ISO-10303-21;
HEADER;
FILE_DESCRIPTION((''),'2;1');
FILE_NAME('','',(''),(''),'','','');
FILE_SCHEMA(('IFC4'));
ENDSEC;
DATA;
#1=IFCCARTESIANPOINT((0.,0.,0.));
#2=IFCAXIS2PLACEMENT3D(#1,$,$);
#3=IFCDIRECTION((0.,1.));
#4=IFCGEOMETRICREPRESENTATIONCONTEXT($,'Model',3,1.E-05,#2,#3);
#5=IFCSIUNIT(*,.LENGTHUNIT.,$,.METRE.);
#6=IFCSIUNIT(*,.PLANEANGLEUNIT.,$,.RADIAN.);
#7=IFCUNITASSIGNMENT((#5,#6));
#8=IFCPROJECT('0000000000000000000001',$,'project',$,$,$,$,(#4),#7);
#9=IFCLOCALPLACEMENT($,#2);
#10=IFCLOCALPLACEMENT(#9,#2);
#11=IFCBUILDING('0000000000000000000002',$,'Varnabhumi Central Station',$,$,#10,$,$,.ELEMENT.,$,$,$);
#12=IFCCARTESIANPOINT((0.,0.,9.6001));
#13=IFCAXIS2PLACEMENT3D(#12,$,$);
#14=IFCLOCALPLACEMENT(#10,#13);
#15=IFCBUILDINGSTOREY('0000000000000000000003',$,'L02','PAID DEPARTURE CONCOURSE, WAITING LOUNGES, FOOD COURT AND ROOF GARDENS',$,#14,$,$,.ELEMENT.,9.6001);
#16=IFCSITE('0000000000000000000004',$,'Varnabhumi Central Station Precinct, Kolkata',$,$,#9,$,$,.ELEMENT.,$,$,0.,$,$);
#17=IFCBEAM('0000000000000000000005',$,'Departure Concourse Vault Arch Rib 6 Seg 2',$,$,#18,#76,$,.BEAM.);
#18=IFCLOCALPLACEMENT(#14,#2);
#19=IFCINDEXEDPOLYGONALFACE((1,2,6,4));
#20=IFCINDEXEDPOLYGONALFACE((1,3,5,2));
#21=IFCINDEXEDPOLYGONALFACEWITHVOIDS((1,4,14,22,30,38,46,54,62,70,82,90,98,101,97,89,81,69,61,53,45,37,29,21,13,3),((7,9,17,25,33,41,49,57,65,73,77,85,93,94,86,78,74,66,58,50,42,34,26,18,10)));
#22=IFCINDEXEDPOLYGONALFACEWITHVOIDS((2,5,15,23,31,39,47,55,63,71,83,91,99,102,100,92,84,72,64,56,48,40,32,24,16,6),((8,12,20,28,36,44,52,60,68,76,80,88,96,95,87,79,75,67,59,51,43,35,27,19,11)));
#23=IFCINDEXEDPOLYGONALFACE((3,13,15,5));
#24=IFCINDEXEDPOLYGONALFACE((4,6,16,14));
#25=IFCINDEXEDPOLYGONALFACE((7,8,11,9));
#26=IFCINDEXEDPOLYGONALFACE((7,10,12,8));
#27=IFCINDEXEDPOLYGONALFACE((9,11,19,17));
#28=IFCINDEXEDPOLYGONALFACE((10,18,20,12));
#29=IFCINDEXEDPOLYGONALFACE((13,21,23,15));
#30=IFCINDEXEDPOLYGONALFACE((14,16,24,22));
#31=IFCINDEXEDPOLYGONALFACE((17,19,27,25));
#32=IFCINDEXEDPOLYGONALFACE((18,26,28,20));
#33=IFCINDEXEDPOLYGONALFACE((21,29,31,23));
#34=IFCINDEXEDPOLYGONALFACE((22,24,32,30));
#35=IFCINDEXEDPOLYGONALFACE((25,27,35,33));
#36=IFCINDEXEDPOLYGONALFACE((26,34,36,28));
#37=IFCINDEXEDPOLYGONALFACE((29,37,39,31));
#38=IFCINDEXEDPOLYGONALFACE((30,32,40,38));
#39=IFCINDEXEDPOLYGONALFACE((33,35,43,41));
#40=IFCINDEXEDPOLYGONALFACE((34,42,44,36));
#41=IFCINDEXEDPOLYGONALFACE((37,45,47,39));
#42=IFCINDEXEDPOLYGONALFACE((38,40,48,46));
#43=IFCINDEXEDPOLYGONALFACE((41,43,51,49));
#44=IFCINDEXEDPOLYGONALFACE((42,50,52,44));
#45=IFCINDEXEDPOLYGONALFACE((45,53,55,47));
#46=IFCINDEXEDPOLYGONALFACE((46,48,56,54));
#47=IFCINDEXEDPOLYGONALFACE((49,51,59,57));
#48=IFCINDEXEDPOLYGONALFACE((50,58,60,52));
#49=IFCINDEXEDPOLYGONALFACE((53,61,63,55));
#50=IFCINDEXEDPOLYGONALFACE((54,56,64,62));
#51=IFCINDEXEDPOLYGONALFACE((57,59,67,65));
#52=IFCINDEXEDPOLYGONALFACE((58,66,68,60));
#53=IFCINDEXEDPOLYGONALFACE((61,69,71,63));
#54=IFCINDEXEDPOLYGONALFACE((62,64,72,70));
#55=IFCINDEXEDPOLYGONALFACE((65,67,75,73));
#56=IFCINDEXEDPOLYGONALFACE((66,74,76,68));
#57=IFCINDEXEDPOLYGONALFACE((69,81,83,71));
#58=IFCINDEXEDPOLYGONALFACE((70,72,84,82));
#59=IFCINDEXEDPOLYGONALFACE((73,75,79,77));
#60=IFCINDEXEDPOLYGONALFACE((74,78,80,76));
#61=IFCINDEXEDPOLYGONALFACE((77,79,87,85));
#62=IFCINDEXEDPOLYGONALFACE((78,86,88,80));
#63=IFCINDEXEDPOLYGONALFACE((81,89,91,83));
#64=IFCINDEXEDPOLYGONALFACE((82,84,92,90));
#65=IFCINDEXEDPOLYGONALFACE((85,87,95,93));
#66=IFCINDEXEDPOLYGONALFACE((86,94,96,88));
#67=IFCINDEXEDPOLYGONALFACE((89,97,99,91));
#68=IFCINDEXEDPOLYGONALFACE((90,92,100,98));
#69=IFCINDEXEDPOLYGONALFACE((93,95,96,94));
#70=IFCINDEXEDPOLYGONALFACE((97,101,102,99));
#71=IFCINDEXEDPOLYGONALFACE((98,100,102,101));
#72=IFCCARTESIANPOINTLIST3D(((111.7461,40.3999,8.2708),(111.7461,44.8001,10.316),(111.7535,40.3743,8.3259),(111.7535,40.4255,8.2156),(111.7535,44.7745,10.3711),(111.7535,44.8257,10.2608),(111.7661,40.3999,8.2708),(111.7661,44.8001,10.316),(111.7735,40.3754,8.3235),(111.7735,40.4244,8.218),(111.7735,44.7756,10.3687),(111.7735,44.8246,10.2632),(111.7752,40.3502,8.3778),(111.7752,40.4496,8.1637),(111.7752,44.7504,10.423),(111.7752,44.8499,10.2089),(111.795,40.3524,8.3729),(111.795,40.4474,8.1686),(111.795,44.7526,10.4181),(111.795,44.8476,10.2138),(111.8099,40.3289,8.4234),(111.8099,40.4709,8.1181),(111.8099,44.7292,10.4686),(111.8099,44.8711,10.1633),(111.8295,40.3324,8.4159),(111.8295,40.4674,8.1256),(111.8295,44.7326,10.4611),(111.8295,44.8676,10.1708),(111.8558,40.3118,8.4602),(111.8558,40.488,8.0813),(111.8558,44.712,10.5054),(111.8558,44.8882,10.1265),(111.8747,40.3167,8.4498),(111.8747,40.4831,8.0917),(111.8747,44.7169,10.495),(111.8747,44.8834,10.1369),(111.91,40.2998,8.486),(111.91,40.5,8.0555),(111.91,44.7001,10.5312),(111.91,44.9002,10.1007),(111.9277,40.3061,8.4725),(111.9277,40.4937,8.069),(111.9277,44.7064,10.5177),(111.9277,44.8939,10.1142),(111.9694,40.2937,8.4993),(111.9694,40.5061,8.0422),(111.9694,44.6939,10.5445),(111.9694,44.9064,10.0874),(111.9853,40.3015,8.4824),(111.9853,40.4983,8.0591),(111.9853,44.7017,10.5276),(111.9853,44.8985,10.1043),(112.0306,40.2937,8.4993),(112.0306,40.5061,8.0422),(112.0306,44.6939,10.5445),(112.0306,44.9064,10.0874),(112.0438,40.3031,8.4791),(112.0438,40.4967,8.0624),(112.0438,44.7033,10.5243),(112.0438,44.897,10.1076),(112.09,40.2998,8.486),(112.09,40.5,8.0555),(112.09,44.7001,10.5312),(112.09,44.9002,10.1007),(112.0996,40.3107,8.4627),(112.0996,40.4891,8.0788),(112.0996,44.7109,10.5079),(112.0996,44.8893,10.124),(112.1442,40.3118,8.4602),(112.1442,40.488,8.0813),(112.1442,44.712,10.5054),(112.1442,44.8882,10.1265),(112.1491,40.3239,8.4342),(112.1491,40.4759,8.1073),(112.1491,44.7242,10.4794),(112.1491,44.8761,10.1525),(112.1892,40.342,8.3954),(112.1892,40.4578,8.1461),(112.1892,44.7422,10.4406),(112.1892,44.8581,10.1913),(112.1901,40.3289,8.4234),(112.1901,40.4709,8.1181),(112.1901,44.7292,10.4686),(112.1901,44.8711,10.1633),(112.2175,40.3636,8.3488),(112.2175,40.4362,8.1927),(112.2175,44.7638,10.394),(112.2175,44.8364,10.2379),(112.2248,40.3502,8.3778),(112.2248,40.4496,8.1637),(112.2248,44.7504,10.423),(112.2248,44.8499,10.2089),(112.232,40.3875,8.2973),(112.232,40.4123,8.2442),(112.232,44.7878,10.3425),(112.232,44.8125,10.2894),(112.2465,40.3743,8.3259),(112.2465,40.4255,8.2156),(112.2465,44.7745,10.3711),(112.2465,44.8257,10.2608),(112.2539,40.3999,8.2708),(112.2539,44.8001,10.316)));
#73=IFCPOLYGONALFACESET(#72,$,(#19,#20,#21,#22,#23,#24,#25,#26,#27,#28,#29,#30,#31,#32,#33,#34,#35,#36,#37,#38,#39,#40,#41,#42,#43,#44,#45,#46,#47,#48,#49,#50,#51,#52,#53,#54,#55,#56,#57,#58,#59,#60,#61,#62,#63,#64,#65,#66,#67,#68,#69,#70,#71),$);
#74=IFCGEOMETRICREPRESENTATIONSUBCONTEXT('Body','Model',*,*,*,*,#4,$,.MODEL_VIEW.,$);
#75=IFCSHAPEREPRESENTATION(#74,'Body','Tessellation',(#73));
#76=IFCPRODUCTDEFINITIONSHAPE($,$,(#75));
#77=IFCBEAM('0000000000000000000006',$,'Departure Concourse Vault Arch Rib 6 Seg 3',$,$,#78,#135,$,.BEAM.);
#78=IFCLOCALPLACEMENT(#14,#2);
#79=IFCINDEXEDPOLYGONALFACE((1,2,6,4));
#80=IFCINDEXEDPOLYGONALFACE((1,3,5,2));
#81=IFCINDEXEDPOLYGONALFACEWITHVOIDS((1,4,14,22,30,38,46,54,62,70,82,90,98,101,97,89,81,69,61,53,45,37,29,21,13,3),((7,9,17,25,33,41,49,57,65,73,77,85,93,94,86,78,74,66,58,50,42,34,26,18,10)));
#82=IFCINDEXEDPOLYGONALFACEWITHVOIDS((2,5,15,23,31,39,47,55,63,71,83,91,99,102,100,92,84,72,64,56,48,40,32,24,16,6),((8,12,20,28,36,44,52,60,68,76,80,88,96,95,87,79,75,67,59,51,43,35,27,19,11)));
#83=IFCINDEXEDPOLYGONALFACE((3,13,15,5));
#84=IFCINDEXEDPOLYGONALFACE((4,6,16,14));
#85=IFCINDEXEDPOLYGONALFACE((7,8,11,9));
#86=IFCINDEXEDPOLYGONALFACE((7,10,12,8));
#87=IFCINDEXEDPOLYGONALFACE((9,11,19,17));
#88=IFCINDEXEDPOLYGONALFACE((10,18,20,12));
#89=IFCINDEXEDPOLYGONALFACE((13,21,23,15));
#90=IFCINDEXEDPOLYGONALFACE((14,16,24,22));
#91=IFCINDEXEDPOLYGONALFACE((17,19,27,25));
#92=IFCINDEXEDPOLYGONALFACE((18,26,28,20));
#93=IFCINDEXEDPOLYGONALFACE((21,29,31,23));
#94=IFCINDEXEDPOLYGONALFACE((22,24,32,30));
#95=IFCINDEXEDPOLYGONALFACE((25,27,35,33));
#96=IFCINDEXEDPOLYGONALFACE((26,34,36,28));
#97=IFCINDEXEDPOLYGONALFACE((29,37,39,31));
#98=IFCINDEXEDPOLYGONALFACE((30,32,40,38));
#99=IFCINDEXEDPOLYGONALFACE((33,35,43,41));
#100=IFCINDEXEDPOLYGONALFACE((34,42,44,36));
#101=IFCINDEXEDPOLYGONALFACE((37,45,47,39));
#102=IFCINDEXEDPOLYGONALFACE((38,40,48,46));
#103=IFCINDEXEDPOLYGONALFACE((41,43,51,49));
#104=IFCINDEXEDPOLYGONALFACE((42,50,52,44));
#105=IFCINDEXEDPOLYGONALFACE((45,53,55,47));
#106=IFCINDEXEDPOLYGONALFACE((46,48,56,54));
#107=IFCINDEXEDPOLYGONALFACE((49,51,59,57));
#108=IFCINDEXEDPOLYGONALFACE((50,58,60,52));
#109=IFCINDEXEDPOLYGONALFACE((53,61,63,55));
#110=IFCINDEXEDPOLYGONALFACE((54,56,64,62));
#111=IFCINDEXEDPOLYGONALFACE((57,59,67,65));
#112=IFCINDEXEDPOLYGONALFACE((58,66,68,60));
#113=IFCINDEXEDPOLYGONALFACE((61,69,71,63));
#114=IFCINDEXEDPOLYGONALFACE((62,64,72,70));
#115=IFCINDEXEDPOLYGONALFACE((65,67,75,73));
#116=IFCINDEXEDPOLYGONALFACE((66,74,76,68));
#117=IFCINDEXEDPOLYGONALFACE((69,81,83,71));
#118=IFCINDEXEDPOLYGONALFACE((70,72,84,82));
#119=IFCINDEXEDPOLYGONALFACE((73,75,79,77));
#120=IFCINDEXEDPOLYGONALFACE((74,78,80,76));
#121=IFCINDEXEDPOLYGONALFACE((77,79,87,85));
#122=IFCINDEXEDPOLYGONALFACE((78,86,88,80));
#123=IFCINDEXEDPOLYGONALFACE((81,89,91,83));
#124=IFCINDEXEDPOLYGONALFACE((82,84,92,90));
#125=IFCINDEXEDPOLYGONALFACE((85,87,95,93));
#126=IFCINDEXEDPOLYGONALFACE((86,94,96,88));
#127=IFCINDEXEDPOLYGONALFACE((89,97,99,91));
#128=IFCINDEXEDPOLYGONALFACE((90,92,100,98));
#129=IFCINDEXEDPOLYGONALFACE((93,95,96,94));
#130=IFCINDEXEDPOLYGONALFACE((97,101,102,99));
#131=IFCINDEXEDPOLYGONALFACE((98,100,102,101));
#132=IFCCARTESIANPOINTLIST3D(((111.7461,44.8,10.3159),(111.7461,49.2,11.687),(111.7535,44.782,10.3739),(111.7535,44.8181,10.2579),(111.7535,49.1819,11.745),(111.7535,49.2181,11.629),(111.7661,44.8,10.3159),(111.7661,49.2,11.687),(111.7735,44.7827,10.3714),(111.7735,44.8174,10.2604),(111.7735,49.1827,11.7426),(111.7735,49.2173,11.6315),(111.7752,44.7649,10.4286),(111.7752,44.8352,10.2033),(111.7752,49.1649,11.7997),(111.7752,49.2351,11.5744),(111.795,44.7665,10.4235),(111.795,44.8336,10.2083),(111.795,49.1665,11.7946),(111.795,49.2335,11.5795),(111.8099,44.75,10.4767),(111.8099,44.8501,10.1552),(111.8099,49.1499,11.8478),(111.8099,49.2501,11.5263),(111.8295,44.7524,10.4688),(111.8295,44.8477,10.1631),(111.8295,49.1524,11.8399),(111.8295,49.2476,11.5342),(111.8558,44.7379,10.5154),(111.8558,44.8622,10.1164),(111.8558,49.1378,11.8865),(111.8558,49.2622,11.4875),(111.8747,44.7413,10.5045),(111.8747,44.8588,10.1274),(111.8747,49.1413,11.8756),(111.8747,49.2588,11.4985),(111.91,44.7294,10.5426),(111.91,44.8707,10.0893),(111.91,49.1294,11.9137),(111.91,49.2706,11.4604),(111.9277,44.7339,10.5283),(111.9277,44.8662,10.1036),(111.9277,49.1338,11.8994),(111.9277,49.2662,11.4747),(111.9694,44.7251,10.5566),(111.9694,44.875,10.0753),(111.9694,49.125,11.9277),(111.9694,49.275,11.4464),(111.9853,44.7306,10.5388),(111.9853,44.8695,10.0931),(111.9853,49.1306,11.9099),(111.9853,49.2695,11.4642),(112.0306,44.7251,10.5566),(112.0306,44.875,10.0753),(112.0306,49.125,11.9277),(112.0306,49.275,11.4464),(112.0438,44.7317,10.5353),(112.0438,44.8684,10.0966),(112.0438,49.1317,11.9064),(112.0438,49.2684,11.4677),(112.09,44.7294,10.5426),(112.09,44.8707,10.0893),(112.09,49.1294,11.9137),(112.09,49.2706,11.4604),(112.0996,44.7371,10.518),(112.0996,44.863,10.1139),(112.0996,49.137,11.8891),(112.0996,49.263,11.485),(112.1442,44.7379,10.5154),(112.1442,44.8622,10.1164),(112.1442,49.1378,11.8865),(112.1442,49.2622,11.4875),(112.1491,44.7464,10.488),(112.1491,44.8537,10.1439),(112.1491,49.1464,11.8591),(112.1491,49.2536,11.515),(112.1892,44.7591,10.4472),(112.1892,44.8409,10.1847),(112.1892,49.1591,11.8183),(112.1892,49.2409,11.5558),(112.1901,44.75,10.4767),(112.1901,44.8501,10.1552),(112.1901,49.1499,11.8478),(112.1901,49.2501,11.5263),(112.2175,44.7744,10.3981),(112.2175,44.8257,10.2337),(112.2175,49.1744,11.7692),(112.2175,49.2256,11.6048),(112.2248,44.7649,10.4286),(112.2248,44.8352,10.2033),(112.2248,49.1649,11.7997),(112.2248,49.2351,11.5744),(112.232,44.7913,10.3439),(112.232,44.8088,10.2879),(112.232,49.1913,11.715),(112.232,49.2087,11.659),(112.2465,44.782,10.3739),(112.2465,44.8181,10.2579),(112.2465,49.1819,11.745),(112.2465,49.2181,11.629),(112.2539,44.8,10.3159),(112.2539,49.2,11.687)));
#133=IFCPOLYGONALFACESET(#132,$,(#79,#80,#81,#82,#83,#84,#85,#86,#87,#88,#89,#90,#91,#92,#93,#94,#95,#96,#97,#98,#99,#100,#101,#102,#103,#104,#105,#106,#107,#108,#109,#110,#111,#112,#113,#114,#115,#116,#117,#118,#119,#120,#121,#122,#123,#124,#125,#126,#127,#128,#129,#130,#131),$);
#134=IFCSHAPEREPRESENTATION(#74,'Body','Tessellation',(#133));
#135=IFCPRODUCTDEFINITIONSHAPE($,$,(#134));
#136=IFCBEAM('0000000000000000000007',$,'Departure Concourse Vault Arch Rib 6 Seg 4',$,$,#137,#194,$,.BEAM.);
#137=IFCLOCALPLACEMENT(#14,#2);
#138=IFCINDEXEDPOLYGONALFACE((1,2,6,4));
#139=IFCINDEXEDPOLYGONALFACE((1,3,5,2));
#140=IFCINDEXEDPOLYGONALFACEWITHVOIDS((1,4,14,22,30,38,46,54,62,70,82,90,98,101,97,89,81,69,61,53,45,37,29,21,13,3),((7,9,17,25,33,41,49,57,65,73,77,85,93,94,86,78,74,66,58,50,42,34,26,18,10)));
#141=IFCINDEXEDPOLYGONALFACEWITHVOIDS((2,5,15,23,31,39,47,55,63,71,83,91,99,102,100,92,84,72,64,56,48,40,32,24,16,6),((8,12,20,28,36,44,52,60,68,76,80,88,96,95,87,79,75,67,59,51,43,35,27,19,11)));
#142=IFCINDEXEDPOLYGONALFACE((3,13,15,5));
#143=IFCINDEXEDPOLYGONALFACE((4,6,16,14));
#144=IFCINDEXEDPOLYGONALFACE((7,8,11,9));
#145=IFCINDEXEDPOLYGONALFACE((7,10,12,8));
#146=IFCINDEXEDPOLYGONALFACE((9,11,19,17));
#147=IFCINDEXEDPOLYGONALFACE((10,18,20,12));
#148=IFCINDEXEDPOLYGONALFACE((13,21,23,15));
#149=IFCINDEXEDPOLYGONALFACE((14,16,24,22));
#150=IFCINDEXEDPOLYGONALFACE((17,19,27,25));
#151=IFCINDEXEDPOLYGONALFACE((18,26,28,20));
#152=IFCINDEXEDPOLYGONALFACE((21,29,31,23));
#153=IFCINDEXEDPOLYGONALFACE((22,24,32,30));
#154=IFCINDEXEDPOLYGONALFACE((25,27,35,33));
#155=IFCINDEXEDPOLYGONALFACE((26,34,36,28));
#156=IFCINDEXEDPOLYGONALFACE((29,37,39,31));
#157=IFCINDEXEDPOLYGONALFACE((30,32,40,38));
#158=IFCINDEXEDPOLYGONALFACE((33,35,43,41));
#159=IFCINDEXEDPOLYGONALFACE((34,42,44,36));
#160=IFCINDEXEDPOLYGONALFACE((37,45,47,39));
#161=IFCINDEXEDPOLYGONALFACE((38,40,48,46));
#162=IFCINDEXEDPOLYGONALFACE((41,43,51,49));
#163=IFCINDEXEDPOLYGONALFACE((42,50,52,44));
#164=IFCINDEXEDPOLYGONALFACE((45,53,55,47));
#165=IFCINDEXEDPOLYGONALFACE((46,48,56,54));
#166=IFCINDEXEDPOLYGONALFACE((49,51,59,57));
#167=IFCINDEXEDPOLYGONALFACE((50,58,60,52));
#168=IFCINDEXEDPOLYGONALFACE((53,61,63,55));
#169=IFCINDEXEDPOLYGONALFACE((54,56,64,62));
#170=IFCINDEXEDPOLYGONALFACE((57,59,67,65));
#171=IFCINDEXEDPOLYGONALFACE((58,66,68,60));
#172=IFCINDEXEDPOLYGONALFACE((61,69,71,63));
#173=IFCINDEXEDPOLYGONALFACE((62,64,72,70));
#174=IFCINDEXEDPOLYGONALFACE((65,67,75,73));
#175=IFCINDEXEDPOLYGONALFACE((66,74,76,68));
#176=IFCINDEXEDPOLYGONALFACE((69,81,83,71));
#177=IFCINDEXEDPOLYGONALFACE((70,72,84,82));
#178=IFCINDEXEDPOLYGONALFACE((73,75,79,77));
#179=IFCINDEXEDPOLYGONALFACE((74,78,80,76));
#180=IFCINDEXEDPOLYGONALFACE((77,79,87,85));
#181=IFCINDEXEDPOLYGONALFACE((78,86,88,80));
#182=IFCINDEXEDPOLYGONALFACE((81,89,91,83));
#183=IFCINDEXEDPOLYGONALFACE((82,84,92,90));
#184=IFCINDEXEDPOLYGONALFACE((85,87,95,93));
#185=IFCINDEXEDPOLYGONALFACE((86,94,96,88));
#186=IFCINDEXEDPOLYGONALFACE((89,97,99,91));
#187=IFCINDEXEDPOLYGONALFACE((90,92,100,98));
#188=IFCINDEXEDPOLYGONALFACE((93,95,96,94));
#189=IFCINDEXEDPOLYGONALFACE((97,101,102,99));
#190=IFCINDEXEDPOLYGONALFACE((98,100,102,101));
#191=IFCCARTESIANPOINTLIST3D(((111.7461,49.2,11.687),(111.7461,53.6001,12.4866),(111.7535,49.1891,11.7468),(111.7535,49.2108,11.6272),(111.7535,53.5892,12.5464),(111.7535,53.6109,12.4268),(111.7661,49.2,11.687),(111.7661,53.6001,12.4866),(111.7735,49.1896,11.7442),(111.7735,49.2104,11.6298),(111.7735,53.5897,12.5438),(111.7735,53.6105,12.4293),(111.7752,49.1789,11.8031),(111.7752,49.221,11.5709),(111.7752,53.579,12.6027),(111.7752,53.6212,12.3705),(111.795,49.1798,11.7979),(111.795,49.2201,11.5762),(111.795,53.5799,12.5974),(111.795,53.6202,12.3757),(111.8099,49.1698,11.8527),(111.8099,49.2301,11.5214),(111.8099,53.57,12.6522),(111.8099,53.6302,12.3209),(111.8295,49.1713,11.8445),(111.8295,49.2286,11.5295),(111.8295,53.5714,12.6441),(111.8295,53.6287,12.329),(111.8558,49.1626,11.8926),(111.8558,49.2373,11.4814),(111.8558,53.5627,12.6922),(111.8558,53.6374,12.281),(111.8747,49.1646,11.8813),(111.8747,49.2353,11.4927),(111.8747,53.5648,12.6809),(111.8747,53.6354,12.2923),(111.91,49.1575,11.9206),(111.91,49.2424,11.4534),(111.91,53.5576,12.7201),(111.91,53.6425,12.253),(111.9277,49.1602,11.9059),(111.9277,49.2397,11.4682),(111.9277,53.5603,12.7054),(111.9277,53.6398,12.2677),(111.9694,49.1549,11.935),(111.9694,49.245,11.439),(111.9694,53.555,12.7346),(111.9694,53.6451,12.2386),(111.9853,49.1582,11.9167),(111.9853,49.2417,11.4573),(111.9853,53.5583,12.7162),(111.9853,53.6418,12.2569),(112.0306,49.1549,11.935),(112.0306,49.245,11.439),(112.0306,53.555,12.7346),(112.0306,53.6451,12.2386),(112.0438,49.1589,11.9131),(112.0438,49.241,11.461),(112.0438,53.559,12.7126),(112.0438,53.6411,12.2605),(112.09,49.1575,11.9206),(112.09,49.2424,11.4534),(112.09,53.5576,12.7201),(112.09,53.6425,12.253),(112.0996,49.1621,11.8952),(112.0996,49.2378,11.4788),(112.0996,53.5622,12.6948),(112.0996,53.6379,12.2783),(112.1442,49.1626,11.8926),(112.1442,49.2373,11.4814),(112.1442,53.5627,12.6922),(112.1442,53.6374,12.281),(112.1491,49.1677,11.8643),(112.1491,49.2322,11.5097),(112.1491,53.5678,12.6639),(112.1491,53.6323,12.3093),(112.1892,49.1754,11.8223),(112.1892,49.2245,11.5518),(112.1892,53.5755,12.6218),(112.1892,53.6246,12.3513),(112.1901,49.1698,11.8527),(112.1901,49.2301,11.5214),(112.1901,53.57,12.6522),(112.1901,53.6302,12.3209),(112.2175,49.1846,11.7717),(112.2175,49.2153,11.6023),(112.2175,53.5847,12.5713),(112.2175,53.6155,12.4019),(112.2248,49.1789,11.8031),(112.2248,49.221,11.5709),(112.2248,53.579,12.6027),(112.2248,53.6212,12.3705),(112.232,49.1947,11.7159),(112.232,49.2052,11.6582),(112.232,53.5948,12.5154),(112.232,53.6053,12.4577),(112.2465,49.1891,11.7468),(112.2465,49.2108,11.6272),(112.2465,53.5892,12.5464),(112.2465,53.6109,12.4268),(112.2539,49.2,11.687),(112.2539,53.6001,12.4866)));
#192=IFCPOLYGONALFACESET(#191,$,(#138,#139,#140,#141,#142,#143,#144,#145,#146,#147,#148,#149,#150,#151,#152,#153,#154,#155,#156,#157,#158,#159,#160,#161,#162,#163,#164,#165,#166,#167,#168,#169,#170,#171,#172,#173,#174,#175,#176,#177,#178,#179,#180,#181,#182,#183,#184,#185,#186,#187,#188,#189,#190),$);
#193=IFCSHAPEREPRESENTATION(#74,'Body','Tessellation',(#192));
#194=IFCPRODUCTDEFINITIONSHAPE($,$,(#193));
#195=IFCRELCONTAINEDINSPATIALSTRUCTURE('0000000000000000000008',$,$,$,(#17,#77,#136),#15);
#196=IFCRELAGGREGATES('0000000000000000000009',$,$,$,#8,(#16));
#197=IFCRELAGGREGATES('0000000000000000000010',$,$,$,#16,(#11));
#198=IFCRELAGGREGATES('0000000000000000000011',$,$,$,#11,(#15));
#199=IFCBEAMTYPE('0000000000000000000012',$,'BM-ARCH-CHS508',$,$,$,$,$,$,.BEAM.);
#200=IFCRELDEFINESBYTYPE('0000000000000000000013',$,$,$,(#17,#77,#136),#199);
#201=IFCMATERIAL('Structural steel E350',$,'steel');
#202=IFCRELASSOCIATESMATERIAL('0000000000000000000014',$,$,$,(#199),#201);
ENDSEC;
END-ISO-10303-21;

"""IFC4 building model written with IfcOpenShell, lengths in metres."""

from ifc_helpers import new_model, si_unit, direction, frame, origin, origin_2d, place, context, subcontext, project, spatial, hollow_circle, extrude, material, material_profile, profile_set, type_object, element, save


model = new_model("IFC4")

# Units and contexts
model_context = context("Model", 3, precision=1e-05, world=origin(), true_north=direction((0.0, 1.0)))
body_context = subcontext(model_context, "Body", "Model", "MODEL_VIEW")
ifc_project = project(units=[si_unit("LENGTHUNIT", "METRE"), si_unit("PLANEANGLEUNIT", "RADIAN")], contexts=[model_context])

# Site, building, storey
site_placement = place(None, origin())
site = spatial("IfcSite", under=ifc_project, at=site_placement, Name="Varnabhumi Central Station Precinct, Kolkata", CompositionType="ELEMENT", RefElevation=0.0)
building_placement = place(site_placement, origin())
building = spatial("IfcBuilding", under=site, at=building_placement, Name="Varnabhumi Central Station", CompositionType="ELEMENT")
storey_placement = place(building_placement, frame((0.0, 0.0, 9.6001)))
storey = spatial("IfcBuildingStorey", under=building, at=storey_placement, Name="L02", Description="PAID DEPARTURE CONCOURSE, WAITING LOUNGES, FOOD COURT AND ROOF GARDENS", CompositionType="ELEMENT", Elevation=9.6001)

# Beams
ifc_material_1 = material(Name="Structural steel E350", Category="steel")
ifc_material_profile_1 = material_profile(ifc_material_1, hollow_circle(Radius=0.2539, WallThickness=0.02, at=origin_2d()), Name="Structural steel E350", Category="steel")
ifc_profile_set_1 = profile_set([ifc_material_profile_1], Name="Structural steel E350")
beam_type_1 = type_object("IfcBeamType", Name="BM-ARCH-CHS508", PredefinedType="BEAM", material=ifc_profile_set_1)
beam_1_placement = place(storey_placement, frame((112.0, 40.3999, 8.2708), z_axis=(0.0, 0.906832, 0.421491), x_axis=(-1.0, 0.0, 0.0)))
element("IfcBeam", 1, at=beam_1_placement, inside=storey, type_object=beam_type_1, Name="Departure Concourse Vault Arch Rib 6 Seg 2", PredefinedType="BEAM", context=body_context, shape_type="SweptSolid", body=[
    extrude(hollow_circle(Radius=0.2539, WallThickness=0.02, at=origin_2d()), origin(), (0.0, 0.0, 1.0), 4.8523),
])
beam_2_placement = place(storey_placement, frame((112.0, 44.8, 10.3159), z_axis=(0.0, 0.954719, 0.297509), x_axis=(-1.0, 0.0, 0.0)))
element("IfcBeam", 2, at=beam_2_placement, inside=storey, type_object=beam_type_1, Name="Departure Concourse Vault Arch Rib 6 Seg 3", PredefinedType="BEAM", context=body_context, shape_type="SweptSolid", body=[
    extrude(hollow_circle(Radius=0.2539, WallThickness=0.02, at=origin_2d()), origin(), (0.0, 0.0, 1.0), 4.6086),
])
beam_3_placement = place(storey_placement, frame((112.0, 49.2, 11.687), z_axis=(0.0, 0.983888, 0.178785), x_axis=(-1.0, 0.0, 0.0)))
element("IfcBeam", 3, at=beam_3_placement, inside=storey, type_object=beam_type_1, Name="Departure Concourse Vault Arch Rib 6 Seg 4", PredefinedType="BEAM", context=body_context, shape_type="SweptSolid", body=[
    extrude(hollow_circle(Radius=0.2539, WallThickness=0.02, at=origin_2d()), origin(), (0.0, 0.0, 1.0), 4.4722),
])

save(model, "model.ifc")
